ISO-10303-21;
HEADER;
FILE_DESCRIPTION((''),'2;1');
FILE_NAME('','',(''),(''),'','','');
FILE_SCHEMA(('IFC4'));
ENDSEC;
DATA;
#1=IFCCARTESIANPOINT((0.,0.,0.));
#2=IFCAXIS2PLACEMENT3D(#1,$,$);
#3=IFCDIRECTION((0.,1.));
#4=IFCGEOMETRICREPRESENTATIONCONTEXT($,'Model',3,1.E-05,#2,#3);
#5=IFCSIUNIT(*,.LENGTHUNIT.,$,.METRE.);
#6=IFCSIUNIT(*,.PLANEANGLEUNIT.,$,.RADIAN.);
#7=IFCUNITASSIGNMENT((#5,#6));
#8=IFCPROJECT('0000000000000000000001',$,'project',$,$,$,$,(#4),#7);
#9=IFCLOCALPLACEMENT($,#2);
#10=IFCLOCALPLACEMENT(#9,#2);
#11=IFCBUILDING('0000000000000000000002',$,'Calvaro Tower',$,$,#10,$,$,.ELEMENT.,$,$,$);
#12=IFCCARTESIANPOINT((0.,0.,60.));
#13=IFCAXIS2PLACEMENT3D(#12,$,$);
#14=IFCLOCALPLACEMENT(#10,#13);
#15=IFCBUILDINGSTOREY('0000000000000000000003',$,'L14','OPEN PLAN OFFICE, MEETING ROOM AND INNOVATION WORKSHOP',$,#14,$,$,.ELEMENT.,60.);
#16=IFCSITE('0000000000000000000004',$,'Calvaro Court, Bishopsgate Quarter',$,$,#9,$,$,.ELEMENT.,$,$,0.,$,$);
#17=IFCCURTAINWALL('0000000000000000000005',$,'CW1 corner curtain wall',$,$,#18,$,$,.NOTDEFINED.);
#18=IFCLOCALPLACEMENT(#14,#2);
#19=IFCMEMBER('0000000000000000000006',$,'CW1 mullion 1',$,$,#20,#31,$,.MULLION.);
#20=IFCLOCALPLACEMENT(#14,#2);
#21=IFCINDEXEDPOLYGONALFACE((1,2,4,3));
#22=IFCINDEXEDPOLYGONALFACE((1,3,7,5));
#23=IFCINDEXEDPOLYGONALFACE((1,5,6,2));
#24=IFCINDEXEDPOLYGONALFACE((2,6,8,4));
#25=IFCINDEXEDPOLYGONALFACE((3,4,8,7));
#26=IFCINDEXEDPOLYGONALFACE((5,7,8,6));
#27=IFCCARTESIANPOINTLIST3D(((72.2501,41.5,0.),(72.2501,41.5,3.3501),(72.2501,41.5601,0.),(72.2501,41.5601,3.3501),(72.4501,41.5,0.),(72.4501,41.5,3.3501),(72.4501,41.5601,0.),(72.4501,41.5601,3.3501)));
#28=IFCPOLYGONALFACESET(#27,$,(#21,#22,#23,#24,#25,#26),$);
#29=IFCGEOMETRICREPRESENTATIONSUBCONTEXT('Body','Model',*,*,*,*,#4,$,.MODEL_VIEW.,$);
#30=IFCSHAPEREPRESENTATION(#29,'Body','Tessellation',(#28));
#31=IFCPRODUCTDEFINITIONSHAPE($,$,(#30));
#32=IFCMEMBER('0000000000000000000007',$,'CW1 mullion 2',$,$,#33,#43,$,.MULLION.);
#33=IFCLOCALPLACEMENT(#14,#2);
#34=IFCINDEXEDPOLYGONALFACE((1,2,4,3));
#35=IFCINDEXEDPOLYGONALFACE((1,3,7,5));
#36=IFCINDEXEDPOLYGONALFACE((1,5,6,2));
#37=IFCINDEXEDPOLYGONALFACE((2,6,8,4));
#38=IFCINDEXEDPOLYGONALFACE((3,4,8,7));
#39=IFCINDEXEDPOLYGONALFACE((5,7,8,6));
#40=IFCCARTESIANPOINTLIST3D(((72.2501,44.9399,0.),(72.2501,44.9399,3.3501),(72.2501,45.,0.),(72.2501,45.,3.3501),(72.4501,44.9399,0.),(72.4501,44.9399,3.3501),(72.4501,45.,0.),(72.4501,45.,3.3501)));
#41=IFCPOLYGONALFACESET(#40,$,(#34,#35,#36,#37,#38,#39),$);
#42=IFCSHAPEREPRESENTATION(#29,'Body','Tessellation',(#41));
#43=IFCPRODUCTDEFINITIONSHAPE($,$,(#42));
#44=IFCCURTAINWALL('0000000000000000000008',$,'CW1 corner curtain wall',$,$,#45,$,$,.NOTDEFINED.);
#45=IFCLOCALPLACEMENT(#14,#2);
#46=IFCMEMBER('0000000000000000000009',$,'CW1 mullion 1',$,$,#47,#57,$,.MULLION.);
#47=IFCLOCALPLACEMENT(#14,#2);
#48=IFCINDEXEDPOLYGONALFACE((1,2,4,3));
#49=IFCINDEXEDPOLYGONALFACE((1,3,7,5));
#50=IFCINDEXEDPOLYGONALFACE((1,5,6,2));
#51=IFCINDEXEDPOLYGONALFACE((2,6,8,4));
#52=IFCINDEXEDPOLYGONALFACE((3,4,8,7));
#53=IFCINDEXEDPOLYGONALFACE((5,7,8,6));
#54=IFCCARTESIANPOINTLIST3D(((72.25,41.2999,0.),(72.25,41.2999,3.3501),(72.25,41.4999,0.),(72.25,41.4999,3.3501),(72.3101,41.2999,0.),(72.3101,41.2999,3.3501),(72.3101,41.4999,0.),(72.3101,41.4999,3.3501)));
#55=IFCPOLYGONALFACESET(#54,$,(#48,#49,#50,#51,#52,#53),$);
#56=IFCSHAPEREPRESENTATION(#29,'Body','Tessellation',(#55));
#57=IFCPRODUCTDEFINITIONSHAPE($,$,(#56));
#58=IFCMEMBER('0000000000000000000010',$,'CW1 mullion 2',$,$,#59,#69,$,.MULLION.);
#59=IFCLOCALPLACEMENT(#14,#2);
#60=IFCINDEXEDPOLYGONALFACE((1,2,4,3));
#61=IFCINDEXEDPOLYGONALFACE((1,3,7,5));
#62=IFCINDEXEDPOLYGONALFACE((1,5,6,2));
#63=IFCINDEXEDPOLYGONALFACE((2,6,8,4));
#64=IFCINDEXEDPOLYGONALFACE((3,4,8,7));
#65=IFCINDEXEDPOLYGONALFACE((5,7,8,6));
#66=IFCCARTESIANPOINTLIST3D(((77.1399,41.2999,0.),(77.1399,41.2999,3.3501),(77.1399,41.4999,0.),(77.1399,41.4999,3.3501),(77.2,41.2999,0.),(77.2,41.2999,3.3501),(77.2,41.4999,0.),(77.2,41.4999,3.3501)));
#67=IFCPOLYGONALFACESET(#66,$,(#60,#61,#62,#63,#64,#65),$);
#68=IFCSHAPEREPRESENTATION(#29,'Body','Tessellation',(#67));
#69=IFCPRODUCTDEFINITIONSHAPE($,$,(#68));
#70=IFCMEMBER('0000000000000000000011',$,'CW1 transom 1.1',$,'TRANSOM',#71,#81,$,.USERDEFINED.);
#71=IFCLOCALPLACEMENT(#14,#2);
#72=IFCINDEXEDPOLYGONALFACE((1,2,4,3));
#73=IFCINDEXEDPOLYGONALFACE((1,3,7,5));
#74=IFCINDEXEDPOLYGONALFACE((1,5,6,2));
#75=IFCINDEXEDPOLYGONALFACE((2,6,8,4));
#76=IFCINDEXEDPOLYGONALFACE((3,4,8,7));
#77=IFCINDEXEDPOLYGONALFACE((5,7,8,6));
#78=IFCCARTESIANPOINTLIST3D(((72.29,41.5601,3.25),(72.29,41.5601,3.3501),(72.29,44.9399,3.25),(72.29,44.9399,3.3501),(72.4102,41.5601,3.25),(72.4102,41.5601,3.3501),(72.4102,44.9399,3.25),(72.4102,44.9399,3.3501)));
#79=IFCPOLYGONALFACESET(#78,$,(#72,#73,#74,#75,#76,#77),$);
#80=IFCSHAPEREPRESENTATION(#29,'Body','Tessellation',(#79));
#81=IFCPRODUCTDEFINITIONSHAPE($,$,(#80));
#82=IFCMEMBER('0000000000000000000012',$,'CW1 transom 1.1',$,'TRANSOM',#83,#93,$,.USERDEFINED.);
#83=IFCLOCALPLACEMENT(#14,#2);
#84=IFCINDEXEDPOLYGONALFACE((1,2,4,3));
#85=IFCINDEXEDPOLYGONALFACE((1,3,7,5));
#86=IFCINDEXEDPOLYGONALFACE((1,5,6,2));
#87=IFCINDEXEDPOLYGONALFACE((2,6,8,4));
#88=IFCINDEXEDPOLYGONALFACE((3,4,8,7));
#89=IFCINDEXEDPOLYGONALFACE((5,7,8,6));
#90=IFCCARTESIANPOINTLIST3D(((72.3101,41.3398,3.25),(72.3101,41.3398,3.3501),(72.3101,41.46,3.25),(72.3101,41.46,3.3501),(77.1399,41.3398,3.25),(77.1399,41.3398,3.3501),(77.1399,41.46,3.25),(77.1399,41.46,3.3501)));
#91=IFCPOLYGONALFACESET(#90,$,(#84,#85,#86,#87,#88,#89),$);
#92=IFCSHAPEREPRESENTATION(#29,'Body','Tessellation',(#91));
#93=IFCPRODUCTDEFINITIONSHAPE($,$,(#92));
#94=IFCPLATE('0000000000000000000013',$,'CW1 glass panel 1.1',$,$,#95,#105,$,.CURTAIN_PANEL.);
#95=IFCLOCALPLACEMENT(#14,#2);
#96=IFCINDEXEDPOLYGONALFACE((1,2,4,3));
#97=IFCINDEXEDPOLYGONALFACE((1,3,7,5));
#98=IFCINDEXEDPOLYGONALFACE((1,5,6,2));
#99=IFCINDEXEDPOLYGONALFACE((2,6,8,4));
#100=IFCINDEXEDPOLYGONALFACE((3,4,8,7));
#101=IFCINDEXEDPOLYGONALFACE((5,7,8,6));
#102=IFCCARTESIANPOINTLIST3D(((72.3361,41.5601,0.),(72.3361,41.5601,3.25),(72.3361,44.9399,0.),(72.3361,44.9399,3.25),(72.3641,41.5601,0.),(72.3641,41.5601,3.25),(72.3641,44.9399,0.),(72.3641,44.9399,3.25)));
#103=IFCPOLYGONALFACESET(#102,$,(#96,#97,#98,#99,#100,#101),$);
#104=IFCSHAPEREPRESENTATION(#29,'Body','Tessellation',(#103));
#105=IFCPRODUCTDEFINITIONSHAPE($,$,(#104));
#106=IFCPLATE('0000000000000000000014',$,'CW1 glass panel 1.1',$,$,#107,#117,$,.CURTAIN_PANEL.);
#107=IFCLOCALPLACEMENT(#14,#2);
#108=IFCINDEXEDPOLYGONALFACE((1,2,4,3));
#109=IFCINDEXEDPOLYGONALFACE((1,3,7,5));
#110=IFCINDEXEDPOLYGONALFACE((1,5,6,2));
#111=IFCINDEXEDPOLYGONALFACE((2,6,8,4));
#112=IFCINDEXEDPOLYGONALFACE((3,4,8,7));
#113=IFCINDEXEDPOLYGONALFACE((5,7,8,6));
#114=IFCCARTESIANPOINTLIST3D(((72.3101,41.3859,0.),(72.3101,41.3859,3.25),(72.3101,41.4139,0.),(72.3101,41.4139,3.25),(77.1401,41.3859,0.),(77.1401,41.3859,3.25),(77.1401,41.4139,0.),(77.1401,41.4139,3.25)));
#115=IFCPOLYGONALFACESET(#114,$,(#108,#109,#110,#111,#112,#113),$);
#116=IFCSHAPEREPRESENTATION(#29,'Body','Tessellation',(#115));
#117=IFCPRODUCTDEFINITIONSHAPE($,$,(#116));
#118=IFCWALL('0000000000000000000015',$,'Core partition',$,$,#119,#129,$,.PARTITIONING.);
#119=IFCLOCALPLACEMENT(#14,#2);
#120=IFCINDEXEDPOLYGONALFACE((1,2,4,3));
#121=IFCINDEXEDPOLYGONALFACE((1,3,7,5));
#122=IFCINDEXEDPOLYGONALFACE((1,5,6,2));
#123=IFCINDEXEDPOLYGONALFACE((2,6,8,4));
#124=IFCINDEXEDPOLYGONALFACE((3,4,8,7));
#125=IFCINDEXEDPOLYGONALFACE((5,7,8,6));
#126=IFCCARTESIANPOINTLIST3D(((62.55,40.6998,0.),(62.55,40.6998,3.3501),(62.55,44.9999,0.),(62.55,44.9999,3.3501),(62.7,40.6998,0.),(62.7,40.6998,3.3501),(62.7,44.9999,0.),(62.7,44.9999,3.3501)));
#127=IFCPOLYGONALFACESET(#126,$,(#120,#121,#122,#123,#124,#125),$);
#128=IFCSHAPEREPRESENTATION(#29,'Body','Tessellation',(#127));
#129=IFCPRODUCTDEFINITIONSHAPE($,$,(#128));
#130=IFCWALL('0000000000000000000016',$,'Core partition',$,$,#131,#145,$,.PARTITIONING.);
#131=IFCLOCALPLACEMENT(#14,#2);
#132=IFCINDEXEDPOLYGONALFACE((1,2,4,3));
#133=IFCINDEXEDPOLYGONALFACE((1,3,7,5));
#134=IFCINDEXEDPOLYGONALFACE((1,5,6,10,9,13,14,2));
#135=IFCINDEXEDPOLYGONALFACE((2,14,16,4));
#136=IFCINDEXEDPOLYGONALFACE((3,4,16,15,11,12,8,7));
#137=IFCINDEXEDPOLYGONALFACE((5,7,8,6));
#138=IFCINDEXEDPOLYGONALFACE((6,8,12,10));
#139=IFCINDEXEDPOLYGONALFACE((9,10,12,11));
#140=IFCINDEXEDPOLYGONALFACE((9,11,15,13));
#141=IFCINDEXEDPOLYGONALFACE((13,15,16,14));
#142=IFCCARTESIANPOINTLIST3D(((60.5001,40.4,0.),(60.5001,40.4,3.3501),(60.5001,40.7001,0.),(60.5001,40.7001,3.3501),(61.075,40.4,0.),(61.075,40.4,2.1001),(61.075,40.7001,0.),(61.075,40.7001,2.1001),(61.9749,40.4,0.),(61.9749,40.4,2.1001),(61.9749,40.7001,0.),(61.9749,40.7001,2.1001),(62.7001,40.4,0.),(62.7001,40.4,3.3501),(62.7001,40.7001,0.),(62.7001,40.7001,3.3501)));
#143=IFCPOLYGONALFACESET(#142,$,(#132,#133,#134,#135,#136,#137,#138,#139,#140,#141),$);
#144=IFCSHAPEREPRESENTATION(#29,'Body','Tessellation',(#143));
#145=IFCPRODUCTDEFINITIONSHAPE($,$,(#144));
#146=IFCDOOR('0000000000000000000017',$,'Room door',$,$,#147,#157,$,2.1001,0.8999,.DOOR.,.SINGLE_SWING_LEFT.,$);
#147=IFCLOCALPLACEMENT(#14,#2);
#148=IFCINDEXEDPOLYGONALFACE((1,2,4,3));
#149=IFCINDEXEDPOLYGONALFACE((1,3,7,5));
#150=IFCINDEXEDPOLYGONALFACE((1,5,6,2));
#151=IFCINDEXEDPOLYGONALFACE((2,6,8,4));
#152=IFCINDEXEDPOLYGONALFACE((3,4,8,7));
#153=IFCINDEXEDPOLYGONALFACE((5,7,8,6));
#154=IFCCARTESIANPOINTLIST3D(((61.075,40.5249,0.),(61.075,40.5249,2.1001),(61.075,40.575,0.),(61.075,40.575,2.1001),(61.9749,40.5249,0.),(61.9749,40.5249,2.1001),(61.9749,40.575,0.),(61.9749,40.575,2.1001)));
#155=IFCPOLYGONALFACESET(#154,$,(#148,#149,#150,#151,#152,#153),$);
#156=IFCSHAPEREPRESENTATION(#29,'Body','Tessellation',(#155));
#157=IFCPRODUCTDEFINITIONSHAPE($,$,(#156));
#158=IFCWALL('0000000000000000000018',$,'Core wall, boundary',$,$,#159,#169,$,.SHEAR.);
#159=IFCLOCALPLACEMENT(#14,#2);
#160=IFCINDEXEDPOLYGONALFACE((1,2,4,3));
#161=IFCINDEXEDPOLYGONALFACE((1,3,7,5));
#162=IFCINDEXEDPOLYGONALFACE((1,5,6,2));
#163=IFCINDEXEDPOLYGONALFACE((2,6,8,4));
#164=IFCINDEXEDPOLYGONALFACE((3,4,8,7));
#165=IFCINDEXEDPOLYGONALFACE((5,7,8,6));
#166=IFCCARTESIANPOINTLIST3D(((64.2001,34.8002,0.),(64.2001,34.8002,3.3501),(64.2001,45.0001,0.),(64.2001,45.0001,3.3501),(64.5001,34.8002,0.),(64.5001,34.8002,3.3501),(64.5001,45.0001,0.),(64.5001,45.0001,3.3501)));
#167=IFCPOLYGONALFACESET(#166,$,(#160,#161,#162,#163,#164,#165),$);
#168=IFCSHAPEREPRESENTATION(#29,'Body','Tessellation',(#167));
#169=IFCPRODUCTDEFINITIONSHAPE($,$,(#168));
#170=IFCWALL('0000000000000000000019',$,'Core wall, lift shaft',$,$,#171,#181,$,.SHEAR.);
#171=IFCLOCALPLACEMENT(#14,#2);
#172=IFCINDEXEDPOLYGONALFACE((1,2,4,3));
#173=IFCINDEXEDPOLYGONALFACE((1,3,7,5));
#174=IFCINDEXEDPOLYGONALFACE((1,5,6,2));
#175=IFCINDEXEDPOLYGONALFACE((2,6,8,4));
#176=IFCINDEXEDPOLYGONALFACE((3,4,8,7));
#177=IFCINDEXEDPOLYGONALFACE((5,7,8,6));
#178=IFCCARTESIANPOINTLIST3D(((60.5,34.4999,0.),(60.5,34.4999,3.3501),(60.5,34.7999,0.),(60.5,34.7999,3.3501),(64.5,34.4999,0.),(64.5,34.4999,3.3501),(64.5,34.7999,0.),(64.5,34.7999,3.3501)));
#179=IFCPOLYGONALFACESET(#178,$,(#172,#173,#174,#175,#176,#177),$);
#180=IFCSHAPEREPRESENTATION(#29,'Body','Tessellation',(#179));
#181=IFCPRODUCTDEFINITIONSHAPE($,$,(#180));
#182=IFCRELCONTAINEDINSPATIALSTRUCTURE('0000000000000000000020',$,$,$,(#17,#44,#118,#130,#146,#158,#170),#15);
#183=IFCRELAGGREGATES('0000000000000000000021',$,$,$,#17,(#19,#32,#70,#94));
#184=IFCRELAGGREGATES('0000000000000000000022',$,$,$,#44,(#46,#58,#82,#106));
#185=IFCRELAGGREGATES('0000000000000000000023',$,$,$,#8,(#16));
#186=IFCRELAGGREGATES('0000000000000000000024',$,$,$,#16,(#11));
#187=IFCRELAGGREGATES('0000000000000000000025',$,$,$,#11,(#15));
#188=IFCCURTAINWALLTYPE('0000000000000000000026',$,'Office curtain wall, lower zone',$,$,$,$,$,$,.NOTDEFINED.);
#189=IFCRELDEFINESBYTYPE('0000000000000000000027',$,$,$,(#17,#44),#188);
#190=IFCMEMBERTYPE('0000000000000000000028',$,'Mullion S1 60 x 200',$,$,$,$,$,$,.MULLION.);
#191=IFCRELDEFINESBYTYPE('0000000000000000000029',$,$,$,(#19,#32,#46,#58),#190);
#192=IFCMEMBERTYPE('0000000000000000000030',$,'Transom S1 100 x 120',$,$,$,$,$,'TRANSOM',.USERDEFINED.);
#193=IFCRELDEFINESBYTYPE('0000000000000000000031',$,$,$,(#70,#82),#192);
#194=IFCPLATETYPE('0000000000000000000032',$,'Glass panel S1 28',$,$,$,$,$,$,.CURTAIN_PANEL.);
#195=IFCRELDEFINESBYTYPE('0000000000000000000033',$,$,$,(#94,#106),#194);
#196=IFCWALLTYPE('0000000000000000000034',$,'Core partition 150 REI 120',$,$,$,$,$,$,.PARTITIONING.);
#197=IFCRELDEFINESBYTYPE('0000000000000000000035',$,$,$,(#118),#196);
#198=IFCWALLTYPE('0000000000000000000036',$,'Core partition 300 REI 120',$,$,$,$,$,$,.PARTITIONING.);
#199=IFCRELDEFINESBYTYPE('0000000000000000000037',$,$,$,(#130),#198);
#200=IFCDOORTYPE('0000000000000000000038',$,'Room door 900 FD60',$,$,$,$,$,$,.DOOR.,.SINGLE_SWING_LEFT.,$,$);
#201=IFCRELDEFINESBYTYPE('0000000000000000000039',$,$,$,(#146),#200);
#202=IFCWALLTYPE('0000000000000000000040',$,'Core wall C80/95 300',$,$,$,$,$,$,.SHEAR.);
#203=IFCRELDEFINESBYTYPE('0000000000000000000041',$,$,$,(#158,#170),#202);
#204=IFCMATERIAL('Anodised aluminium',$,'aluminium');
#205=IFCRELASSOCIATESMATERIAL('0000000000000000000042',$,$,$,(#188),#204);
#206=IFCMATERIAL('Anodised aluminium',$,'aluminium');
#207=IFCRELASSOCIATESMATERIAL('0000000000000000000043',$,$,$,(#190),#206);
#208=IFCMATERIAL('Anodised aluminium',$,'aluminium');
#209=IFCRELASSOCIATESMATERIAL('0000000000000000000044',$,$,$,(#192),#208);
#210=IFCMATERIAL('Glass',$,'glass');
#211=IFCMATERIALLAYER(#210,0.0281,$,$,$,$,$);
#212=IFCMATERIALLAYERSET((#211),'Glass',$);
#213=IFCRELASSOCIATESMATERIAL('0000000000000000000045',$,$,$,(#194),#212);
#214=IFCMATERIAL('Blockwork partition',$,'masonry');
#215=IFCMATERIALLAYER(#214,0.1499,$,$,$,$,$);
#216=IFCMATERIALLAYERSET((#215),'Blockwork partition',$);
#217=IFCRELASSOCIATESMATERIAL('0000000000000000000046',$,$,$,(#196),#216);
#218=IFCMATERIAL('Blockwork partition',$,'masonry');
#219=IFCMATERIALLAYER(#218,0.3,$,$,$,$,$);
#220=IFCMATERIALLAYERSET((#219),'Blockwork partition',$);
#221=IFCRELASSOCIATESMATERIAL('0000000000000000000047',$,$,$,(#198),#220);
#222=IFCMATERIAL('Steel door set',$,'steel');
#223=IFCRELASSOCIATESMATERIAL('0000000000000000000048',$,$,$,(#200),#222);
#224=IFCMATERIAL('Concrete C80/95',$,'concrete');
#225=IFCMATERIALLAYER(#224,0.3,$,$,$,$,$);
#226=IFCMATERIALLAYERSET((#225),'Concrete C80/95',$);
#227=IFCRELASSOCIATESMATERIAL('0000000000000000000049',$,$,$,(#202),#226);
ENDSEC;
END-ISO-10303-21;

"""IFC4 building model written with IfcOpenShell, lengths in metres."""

from ifc_helpers import new_model, si_unit, direction, frame, frame_2d, origin, origin_2d, place, context, subcontext, project, spatial, rectangle, extrude, material, layer, layer_set, material_profile, profile_set, type_object, element, fill, aggregate, save


model = new_model("IFC4")

# Units and contexts
model_context = context("Model", 3, precision=1e-05, world=origin(), true_north=direction((0.0, 1.0)))
body_context = subcontext(model_context, "Body", "Model", "MODEL_VIEW")
ifc_project = project(units=[si_unit("LENGTHUNIT", "METRE"), si_unit("PLANEANGLEUNIT", "RADIAN")], contexts=[model_context])

# Site, building, storey
site_placement = place(None, origin())
site = spatial("IfcSite", under=ifc_project, at=site_placement, Name="Calvaro Court, Bishopsgate Quarter", CompositionType="ELEMENT", RefElevation=0.0)
building_placement = place(site_placement, origin())
building = spatial("IfcBuilding", under=site, at=building_placement, Name="Calvaro Tower", CompositionType="ELEMENT")
storey_placement = place(building_placement, frame((0.0, 0.0, 60.0)))
storey = spatial("IfcBuildingStorey", under=building, at=storey_placement, Name="L14", Description="OPEN PLAN OFFICE, MEETING ROOM AND INNOVATION WORKSHOP", CompositionType="ELEMENT", Elevation=60.0)

# Curtain walls, members
ifc_material_1 = material(Name="Anodised aluminium", Category="aluminium")
curtain_wall_type = type_object("IfcCurtainWallType", Name="Office curtain wall, lower zone", PredefinedType="NOTDEFINED", material=ifc_material_1)
curtain_wall_1_placement = place(storey_placement, origin())
curtain_wall_1 = element("IfcCurtainWall", 1, at=curtain_wall_1_placement, inside=storey, type_object=curtain_wall_type, Name="CW1 corner curtain wall", PredefinedType="NOTDEFINED")
ifc_material_2 = material(Name="Anodised aluminium", Category="aluminium")
ifc_material_profile_1 = material_profile(ifc_material_2, rectangle(XDim=0.2, YDim=0.0601, at=origin_2d()), Name="Mullion S1 60 x 200")
ifc_profile_set_1 = profile_set([ifc_material_profile_1], Name="Anodised aluminium")
member_type_1 = type_object("IfcMemberType", Name="Mullion S1 60 x 200", PredefinedType="MULLION", material=ifc_profile_set_1)
member_1_placement = place(storey_placement, frame((72.3501, 41.53, 0.0), z_axis=(0.0, 0.0, 1.0), x_axis=(-1.0, 0.0, 0.0)))
member_1 = element("IfcMember", 2, at=member_1_placement, type_object=member_type_1, Name="CW1 mullion 1", PredefinedType="MULLION", context=body_context, shape_type="SweptSolid", body=[
    extrude(rectangle(XDim=0.2, YDim=0.0601, at=origin_2d()), origin(), (0.0, 0.0, 1.0), 3.3501),
])
member_2_placement = place(storey_placement, frame((72.3501, 44.97, 0.0), z_axis=(0.0, 0.0, 1.0), x_axis=(-1.0, 0.0, 0.0)))
member_2 = element("IfcMember", 3, at=member_2_placement, type_object=member_type_1, Name="CW1 mullion 2", PredefinedType="MULLION", context=body_context, shape_type="SweptSolid", body=[
    extrude(rectangle(XDim=0.2, YDim=0.0601, at=origin_2d()), origin(), (0.0, 0.0, 1.0), 3.3501),
])
curtain_wall_2_placement = place(storey_placement, origin())
curtain_wall_2 = element("IfcCurtainWall", 4, at=curtain_wall_2_placement, inside=storey, type_object=curtain_wall_type, Name="CW1 corner curtain wall", PredefinedType="NOTDEFINED")
member_3_placement = place(storey_placement, frame((72.28, 41.3999, 0.0), z_axis=(0.0, 0.0, 1.0), x_axis=(0.0, 1.0, 0.0)))
member_3 = element("IfcMember", 5, at=member_3_placement, type_object=member_type_1, Name="CW1 mullion 1", PredefinedType="MULLION", context=body_context, shape_type="SweptSolid", body=[
    extrude(rectangle(XDim=0.2, YDim=0.0601, at=origin_2d()), origin(), (0.0, 0.0, 1.0), 3.3501),
])
member_4_placement = place(storey_placement, frame((77.1699, 41.3999, 0.0), z_axis=(0.0, 0.0, 1.0), x_axis=(0.0, 1.0, 0.0)))
member_4 = element("IfcMember", 6, at=member_4_placement, type_object=member_type_1, Name="CW1 mullion 2", PredefinedType="MULLION", context=body_context, shape_type="SweptSolid", body=[
    extrude(rectangle(XDim=0.2, YDim=0.0601, at=origin_2d()), origin(), (0.0, 0.0, 1.0), 3.3501),
])

# Members
ifc_material_3 = material(Name="Anodised aluminium", Category="aluminium")
ifc_material_profile_2 = material_profile(ifc_material_3, rectangle(XDim=0.1201, YDim=0.1001, at=origin_2d()), Name="Transom S1 100 x 120")
ifc_profile_set_2 = profile_set([ifc_material_profile_2], Name="Anodised aluminium")
member_type_2 = type_object("IfcMemberType", Name="Transom S1 100 x 120", ElementType="TRANSOM", PredefinedType="USERDEFINED", material=ifc_profile_set_2)
member_5_placement = place(storey_placement, frame((72.3501, 41.5601, 3.3), z_axis=(0.0, 1.0, 0.0), x_axis=(-1.0, 0.0, 0.0)))
member_5 = element("IfcMember", 7, at=member_5_placement, type_object=member_type_2, Name="CW1 transom 1.1", ObjectType="TRANSOM", PredefinedType="USERDEFINED", context=body_context, shape_type="SweptSolid", body=[
    extrude(rectangle(XDim=0.1201, YDim=0.1001, at=origin_2d()), origin(), (0.0, 0.0, 1.0), 3.3799),
])
member_6_placement = place(storey_placement, frame((72.3101, 41.3999, 3.3), z_axis=(1.0, 0.0, 0.0), x_axis=(0.0, 1.0, 0.0)))
member_6 = element("IfcMember", 8, at=member_6_placement, type_object=member_type_2, Name="CW1 transom 1.1", ObjectType="TRANSOM", PredefinedType="USERDEFINED", context=body_context, shape_type="SweptSolid", body=[
    extrude(rectangle(XDim=0.1201, YDim=0.1001, at=origin_2d()), origin(), (0.0, 0.0, 1.0), 4.8298),
])

# Plates
ifc_material_4 = material(Name="Glass", Category="glass")
ifc_layer_1 = layer(ifc_material_4, 0.0281)
ifc_layer_set_1 = layer_set([ifc_layer_1], Name="Glass")
plate_type = type_object("IfcPlateType", Name="Glass panel S1 28", PredefinedType="CURTAIN_PANEL", material=ifc_layer_set_1)
plate_1_placement = place(storey_placement, frame((72.3501, 43.25, 0.0), z_axis=(0.0, 0.0, 1.0), x_axis=(0.0, 1.0, 0.0)))
plate_1 = element("IfcPlate", 9, at=plate_1_placement, type_object=plate_type, Name="CW1 glass panel 1.1", PredefinedType="CURTAIN_PANEL", context=body_context, shape_type="SweptSolid", body=[
    extrude(rectangle(XDim=3.3799, YDim=0.0281, at=origin_2d()), origin(), (0.0, 0.0, 1.0), 3.25),
])
aggregate(curtain_wall_1, [member_1, member_2, member_5, plate_1])
plate_2_placement = place(storey_placement, frame((74.7251, 41.3999, 0.0), z_axis=(0.0, 0.0, 1.0), x_axis=(1.0, 0.0, 0.0)))
plate_2 = element("IfcPlate", 10, at=plate_2_placement, type_object=plate_type, Name="CW1 glass panel 1.1", PredefinedType="CURTAIN_PANEL", context=body_context, shape_type="SweptSolid", body=[
    extrude(rectangle(XDim=4.8301, YDim=0.0281, at=origin_2d()), origin(), (0.0, 0.0, 1.0), 3.25),
])
aggregate(curtain_wall_2, [member_3, member_4, member_6, plate_2])

# Wall
ifc_material_5 = material(Name="Blockwork partition", Category="masonry")
ifc_layer_2 = layer(ifc_material_5, 0.1499)
ifc_layer_set_2 = layer_set([ifc_layer_2], Name="Blockwork partition")
wall_type_1 = type_object("IfcWallType", Name="Core partition 150 REI 120", PredefinedType="PARTITIONING", material=ifc_layer_set_2)
wall_1_placement = place(storey_placement, frame((62.625, 40.7, 0.0), z_axis=(0.0, 0.0, 1.0), x_axis=(0.0, 1.0, 0.0)))
element("IfcWall", 11, at=wall_1_placement, inside=storey, type_object=wall_type_1, Name="Core partition", PredefinedType="PARTITIONING", context=body_context, shape_type="SweptSolid", body=[
    extrude(rectangle(XDim=4.3, YDim=0.1499, at=frame_2d((2.1499, 0.0))), origin(), (0.0, 0.0, 1.0), 3.3501),
])

# Wall, opening, door
ifc_material_6 = material(Name="Blockwork partition", Category="masonry")
ifc_layer_3 = layer(ifc_material_6, 0.3)
ifc_layer_set_3 = layer_set([ifc_layer_3], Name="Blockwork partition")
wall_type_2 = type_object("IfcWallType", Name="Core partition 300 REI 120", PredefinedType="PARTITIONING", material=ifc_layer_set_3)
wall_2_placement = place(storey_placement, frame((60.5, 40.55, 0.0), z_axis=(0.0, 0.0, 1.0), x_axis=(1.0, 0.0, 0.0)))
wall_2 = element("IfcWall", 12, at=wall_2_placement, inside=storey, type_object=wall_type_2, Name="Core partition", PredefinedType="PARTITIONING", context=body_context, shape_type="SweptSolid", body=[
    extrude(rectangle(XDim=2.2, YDim=0.3, at=frame_2d((1.1001, 0.0))), origin(), (0.0, 0.0, 1.0), 3.3501),
])
opening_1_placement = place(wall_2_placement, frame((0.575, 0.0, 0.0)))
opening_1 = element("IfcOpeningElement", 13, at=opening_1_placement, cuts=wall_2, PredefinedType="OPENING", context=body_context, shape_type="SweptSolid", body=[
    extrude(rectangle(XDim=0.8999, YDim=2.1001, at=frame_2d((0.45, 1.05))), frame((0.0, 0.1599, 0.0), z_axis=(0.0, -1.0, 0.0), x_axis=(1.0, 0.0, 0.0)), (0.0, 0.0, 1.0), 0.3201),
])
ifc_material_7 = material(Name="Steel door set", Category="steel")
door_type_1 = type_object("IfcDoorType", Name="Room door 900 FD60", OperationType="SINGLE_SWING_LEFT", PredefinedType="DOOR", material=ifc_material_7)
door_1_placement = place(opening_1_placement, origin())
door_1 = element("IfcDoor", 14, at=door_1_placement, inside=storey, type_object=door_type_1, Name="Room door", OperationType="SINGLE_SWING_LEFT", OverallHeight=2.1001, OverallWidth=0.8999, PredefinedType="DOOR", context=body_context, shape_type="SweptSolid", body=[
    extrude(rectangle(XDim=0.8999, YDim=2.1001, at=frame_2d((0.45, 1.05))), frame((0.0, 0.0249, 0.0), z_axis=(0.0, -1.0, 0.0), x_axis=(1.0, 0.0, 0.0)), (0.0, 0.0, 1.0), 0.05),
])
fill(opening_1, door_1)

# Walls
ifc_material_8 = material(Name="Concrete C80/95", Category="concrete")
ifc_layer_4 = layer(ifc_material_8, 0.3)
ifc_layer_set_4 = layer_set([ifc_layer_4], Name="Concrete C80/95")
wall_type_3 = type_object("IfcWallType", Name="Core wall C80/95 300", PredefinedType="SHEAR", material=ifc_layer_set_4)
wall_3_placement = place(storey_placement, frame((64.3501, 34.8, 0.0), z_axis=(0.0, 0.0, 1.0), x_axis=(0.0, 1.0, 0.0)))
element("IfcWall", 15, at=wall_3_placement, inside=storey, type_object=wall_type_3, Name="Core wall, boundary", PredefinedType="SHEAR", context=body_context, shape_type="SweptSolid", body=[
    extrude(rectangle(XDim=10.2, YDim=0.3, at=frame_2d((5.1001, 0.0))), origin(), (0.0, 0.0, 1.0), 3.3501),
])
wall_4_placement = place(storey_placement, frame((60.5, 34.6499, 0.0), z_axis=(0.0, 0.0, 1.0), x_axis=(1.0, 0.0, 0.0)))
element("IfcWall", 16, at=wall_4_placement, inside=storey, type_object=wall_type_3, Name="Core wall, lift shaft", PredefinedType="SHEAR", context=body_context, shape_type="SweptSolid", body=[
    extrude(rectangle(XDim=4.0, YDim=0.3, at=frame_2d((2.0, 0.0))), origin(), (0.0, 0.0, 1.0), 3.3501),
])

save(model, "model.ifc")
